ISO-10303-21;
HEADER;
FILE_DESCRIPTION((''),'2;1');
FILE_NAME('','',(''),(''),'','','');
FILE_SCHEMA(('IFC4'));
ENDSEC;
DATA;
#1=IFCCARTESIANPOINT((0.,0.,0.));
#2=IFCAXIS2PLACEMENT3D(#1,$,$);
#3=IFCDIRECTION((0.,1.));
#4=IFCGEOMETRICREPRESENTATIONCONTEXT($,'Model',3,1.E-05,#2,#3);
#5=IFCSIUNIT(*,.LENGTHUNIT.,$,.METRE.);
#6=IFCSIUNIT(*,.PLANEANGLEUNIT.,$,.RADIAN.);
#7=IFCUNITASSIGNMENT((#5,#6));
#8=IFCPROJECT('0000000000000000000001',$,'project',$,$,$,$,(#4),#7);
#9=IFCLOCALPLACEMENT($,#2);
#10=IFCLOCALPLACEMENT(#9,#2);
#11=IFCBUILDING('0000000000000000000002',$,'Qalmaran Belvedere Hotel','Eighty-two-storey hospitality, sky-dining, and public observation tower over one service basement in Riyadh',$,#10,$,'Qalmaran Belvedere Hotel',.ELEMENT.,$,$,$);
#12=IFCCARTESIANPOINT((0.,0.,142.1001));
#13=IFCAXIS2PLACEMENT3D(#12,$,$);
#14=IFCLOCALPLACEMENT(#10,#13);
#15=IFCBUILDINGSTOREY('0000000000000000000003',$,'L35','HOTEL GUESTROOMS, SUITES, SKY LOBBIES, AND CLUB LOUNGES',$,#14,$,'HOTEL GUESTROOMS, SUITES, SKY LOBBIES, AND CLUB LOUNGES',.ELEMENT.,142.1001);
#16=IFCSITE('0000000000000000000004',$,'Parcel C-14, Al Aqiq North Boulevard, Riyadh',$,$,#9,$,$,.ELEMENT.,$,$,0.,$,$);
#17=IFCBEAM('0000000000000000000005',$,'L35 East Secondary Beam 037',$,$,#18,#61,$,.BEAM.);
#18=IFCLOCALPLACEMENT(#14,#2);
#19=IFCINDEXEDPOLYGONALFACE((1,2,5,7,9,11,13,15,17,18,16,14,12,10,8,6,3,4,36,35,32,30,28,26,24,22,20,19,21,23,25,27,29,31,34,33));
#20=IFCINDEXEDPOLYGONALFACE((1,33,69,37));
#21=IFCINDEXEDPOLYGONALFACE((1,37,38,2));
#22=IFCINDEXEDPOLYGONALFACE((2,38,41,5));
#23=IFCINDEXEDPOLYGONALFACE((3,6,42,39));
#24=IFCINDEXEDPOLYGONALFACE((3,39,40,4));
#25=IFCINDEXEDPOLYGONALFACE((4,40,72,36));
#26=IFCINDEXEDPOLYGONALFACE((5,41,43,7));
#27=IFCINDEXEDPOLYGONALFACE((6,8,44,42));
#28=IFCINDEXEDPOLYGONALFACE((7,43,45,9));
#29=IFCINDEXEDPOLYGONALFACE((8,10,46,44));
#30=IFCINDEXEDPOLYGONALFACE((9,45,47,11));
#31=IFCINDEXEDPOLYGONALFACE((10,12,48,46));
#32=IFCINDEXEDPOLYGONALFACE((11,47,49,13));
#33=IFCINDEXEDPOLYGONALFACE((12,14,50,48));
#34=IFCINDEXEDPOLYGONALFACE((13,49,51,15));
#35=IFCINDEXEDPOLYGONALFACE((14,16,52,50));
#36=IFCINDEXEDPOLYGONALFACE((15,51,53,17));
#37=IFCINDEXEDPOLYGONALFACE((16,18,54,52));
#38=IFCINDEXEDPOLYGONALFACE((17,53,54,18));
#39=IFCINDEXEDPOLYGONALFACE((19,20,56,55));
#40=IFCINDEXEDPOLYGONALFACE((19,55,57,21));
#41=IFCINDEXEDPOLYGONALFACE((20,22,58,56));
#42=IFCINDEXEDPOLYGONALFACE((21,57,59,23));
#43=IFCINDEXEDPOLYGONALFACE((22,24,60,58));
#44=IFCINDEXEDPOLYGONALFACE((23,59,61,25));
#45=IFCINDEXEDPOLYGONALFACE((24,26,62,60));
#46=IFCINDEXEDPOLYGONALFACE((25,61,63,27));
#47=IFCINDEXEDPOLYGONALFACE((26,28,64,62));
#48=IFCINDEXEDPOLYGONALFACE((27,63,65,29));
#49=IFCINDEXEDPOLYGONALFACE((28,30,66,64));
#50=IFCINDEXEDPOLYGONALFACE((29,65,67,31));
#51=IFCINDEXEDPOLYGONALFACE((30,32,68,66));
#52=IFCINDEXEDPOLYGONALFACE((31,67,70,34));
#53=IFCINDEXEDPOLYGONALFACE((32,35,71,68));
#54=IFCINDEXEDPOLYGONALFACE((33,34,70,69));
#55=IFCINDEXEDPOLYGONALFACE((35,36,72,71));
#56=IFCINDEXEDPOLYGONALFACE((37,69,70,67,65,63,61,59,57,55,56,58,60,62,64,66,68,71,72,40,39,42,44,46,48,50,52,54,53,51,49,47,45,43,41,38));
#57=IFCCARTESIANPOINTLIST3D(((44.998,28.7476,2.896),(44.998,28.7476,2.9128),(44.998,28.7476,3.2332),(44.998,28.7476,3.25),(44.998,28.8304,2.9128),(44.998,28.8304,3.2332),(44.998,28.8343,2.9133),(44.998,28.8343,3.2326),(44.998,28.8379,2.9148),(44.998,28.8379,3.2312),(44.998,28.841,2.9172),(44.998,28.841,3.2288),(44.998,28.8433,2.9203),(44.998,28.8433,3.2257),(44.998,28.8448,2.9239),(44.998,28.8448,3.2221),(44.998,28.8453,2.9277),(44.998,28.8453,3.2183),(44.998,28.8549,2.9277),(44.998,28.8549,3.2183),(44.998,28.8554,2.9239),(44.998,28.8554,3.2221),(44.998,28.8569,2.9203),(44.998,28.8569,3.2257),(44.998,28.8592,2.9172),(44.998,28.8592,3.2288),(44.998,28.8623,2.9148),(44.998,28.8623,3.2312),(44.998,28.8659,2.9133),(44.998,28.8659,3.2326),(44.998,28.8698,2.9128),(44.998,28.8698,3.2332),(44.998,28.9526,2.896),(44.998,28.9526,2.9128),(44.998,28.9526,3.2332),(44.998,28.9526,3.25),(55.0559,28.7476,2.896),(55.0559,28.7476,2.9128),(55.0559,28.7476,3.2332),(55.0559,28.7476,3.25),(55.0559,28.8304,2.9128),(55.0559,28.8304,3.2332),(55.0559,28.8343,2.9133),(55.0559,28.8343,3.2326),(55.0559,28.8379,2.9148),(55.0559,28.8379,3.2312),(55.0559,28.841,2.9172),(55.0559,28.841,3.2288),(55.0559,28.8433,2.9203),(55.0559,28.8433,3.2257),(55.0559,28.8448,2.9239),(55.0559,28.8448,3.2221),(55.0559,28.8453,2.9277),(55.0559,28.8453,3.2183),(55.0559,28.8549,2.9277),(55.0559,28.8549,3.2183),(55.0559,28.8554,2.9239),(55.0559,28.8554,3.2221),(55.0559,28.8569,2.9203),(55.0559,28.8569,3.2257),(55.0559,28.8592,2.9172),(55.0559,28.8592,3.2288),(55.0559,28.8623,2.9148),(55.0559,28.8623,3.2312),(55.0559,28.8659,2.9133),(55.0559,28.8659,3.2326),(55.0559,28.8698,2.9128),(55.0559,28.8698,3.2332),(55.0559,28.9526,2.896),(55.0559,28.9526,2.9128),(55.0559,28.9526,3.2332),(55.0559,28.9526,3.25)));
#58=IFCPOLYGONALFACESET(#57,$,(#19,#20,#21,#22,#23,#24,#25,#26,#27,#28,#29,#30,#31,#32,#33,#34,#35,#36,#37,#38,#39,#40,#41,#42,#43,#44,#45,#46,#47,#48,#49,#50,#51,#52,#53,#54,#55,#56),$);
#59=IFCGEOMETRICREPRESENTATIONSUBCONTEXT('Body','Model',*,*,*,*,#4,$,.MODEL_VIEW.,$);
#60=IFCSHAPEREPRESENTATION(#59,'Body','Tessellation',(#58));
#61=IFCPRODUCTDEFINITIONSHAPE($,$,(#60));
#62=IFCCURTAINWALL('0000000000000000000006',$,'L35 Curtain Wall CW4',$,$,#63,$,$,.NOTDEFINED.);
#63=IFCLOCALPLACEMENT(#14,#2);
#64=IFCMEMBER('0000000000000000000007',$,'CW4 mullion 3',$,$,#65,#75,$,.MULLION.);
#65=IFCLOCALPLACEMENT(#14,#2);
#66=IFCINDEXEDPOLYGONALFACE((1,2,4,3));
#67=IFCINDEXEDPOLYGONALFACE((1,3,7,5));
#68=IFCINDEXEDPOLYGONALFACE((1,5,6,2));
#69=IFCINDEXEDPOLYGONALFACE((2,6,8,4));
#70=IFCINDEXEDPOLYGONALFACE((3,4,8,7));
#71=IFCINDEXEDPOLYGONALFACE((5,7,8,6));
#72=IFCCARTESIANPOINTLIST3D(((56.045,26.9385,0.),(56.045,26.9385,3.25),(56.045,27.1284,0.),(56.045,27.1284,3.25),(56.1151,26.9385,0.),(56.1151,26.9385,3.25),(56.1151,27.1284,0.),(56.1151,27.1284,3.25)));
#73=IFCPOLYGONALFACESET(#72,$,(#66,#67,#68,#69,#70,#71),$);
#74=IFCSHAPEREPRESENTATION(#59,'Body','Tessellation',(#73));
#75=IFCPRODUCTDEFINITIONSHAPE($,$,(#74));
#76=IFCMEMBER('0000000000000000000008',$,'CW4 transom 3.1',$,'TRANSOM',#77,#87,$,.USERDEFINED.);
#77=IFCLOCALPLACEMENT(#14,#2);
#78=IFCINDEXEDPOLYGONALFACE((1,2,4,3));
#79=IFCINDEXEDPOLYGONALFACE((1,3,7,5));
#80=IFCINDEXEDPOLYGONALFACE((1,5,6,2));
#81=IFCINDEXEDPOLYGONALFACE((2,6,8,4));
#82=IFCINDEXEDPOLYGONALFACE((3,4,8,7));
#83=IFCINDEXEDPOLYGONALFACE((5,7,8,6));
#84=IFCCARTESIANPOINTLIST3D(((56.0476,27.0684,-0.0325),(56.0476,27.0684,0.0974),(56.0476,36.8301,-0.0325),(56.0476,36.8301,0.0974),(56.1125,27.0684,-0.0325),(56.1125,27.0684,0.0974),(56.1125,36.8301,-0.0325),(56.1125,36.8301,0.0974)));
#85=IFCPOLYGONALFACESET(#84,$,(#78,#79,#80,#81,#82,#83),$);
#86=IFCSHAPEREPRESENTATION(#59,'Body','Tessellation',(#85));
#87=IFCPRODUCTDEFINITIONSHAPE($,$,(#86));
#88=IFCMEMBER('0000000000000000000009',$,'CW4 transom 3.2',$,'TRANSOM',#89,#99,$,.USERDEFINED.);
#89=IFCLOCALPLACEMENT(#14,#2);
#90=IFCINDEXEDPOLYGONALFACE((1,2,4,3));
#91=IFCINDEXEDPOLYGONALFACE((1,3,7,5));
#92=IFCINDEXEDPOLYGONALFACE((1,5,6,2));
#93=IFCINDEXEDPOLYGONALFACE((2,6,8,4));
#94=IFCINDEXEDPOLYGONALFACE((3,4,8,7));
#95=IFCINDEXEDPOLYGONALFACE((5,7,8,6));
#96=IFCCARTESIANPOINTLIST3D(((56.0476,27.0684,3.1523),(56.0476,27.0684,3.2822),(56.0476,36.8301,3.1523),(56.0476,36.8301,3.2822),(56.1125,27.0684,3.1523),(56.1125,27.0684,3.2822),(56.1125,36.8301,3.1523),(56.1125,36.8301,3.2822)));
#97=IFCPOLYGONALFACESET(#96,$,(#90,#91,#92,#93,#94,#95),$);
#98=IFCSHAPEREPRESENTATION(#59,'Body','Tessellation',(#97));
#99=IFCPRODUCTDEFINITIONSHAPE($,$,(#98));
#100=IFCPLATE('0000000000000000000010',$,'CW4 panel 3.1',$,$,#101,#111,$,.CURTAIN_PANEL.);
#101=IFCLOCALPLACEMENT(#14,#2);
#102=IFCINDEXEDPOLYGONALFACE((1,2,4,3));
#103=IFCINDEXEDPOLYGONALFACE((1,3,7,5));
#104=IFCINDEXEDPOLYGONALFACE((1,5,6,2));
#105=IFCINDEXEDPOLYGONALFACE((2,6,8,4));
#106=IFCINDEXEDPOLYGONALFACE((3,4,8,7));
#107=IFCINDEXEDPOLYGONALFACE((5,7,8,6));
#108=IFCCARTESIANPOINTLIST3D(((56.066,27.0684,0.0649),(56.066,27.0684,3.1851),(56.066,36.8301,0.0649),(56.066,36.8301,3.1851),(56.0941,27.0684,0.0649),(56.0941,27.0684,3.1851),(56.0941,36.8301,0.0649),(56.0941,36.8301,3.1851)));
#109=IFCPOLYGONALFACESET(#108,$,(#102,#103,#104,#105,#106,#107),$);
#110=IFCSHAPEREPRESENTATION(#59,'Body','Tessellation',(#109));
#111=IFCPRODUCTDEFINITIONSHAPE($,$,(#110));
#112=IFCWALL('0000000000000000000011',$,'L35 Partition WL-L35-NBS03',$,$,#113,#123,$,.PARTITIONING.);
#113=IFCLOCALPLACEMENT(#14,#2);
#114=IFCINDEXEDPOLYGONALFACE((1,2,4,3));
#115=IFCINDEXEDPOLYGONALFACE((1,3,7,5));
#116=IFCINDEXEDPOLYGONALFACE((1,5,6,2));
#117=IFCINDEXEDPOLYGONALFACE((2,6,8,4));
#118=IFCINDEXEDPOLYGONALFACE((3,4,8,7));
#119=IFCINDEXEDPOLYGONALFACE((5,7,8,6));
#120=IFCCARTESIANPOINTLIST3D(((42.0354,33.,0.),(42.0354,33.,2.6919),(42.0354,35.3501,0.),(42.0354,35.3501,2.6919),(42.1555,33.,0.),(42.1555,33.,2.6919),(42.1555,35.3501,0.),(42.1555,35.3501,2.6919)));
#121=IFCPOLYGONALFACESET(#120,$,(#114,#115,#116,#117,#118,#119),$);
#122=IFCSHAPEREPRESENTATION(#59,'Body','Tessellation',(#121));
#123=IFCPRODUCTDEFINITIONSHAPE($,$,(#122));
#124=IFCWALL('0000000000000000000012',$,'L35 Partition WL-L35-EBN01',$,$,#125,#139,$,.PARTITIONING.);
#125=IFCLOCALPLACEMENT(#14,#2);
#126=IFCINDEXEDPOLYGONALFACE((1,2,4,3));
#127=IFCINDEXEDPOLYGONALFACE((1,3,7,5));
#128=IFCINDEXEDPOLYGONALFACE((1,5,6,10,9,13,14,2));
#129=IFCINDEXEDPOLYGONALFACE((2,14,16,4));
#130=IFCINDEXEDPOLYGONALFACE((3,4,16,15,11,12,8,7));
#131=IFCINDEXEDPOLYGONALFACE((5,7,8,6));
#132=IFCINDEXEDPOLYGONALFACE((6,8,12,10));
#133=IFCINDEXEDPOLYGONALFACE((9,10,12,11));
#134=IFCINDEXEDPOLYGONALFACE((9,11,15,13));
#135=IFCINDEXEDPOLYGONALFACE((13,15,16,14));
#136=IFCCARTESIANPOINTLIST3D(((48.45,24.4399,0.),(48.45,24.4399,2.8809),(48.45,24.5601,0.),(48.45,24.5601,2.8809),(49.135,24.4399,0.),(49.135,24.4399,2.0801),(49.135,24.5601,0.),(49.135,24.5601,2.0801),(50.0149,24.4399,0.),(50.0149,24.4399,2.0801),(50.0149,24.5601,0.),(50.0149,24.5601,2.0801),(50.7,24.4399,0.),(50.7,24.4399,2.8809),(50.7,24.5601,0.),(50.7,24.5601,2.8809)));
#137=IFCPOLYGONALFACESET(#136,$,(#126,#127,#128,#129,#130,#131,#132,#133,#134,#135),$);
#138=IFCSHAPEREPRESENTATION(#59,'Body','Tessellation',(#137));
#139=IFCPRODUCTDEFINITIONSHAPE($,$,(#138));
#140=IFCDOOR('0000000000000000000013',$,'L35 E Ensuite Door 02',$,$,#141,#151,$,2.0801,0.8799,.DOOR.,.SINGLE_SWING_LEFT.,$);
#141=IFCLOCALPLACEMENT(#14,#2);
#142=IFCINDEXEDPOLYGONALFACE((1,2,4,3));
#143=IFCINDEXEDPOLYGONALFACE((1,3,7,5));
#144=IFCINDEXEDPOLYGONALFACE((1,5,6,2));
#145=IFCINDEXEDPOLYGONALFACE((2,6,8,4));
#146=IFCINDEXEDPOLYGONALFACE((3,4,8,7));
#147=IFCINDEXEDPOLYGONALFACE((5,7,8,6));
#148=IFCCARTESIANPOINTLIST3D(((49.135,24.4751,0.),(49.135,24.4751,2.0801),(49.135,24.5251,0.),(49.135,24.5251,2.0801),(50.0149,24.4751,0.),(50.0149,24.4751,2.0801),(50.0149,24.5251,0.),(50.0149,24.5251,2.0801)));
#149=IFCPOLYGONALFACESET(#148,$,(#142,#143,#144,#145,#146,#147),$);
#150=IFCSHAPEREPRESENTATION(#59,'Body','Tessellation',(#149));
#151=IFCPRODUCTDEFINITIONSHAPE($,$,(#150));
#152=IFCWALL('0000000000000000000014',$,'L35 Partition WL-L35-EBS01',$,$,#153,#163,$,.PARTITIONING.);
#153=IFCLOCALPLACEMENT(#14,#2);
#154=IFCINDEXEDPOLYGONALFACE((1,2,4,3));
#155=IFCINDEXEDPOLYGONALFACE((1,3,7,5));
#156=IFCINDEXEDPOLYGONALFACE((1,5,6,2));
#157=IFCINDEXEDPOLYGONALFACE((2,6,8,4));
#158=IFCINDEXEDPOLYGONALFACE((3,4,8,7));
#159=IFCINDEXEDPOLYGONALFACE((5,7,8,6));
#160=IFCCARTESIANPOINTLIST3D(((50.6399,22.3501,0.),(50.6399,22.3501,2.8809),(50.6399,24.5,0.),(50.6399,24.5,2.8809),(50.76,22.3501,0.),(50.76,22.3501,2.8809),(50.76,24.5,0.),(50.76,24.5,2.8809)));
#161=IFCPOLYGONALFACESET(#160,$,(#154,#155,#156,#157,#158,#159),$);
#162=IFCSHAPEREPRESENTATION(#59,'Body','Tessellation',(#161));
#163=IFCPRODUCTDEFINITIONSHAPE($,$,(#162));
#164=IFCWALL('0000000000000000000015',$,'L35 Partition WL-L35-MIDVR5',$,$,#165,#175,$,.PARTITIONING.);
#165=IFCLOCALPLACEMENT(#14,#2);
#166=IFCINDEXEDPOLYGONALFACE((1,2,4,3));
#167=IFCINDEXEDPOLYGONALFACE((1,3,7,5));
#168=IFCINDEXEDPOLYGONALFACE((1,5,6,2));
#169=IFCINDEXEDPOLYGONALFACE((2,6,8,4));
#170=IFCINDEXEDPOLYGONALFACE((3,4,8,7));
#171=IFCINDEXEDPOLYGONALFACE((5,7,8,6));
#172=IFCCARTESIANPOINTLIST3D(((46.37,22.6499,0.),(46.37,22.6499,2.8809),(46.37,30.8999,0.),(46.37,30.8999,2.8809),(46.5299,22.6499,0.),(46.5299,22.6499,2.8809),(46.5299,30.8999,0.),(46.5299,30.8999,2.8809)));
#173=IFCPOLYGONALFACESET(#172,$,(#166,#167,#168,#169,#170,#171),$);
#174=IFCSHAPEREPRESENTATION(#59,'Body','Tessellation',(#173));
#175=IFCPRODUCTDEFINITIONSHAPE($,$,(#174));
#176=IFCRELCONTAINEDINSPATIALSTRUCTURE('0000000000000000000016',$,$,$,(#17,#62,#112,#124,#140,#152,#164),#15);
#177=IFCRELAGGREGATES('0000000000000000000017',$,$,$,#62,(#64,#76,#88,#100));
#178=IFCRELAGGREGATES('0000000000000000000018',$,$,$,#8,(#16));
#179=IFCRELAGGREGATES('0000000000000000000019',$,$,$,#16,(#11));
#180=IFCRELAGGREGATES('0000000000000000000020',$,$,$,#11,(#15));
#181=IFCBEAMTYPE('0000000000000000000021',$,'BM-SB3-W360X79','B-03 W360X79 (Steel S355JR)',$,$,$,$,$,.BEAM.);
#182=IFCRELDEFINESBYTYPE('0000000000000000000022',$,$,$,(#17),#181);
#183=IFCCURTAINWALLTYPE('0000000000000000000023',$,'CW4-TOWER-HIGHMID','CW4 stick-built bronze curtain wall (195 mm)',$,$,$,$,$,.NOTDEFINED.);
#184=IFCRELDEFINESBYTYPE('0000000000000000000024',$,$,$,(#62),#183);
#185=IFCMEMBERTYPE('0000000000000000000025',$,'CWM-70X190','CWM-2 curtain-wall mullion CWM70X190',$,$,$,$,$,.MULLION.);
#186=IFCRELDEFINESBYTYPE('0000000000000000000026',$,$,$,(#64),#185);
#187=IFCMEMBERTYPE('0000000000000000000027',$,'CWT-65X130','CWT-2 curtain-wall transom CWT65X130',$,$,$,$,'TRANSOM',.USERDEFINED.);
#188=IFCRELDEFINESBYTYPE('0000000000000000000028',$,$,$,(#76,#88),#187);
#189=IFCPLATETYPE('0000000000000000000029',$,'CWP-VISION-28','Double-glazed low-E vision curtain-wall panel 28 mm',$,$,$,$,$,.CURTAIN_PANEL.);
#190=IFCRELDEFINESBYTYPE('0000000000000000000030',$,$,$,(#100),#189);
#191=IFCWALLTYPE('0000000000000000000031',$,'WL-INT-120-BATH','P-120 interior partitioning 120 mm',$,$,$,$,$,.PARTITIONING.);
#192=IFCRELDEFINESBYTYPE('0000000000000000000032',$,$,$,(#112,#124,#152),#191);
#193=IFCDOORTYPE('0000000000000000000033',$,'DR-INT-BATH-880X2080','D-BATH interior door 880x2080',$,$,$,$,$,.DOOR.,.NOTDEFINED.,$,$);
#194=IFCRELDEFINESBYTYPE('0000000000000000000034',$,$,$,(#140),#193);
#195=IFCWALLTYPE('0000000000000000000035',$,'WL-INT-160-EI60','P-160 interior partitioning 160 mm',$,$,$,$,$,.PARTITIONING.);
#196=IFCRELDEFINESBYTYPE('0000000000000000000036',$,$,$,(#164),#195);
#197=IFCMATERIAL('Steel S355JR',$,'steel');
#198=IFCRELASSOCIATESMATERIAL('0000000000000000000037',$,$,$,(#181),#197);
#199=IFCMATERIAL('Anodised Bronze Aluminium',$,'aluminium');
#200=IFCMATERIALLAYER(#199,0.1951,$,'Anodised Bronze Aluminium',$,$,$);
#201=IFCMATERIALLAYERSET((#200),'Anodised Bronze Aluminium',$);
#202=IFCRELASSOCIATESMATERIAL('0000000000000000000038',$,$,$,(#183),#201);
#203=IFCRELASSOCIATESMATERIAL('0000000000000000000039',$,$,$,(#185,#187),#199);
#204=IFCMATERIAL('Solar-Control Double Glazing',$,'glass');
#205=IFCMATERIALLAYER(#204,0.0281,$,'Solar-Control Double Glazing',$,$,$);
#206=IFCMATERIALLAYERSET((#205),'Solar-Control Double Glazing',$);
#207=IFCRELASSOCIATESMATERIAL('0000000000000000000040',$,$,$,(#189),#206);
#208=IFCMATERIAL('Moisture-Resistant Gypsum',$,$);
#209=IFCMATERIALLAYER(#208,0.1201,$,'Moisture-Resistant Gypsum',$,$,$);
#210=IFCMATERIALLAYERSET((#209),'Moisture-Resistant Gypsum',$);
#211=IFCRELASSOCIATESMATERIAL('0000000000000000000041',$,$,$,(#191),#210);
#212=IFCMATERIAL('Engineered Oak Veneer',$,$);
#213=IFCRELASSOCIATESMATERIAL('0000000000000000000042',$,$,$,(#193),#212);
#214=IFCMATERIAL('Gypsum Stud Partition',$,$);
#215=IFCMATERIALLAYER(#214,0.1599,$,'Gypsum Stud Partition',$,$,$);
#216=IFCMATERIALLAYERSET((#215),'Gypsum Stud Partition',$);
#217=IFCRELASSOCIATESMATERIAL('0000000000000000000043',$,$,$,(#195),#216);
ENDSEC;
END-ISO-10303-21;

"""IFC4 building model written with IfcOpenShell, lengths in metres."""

from ifc_helpers import new_model, si_unit, direction, frame, frame_2d, origin, origin_2d, place, context, subcontext, project, spatial, rectangle, i_section, extrude, material, layer, layer_set, material_profile, profile_set, type_object, element, fill, aggregate, save


model = new_model("IFC4")

# Units and contexts
model_context = context("Model", 3, precision=1e-05, world=origin(), true_north=direction((0.0, 1.0)))
body_context = subcontext(model_context, "Body", "Model", "MODEL_VIEW")
ifc_project = project(units=[si_unit("LENGTHUNIT", "METRE"), si_unit("PLANEANGLEUNIT", "RADIAN")], contexts=[model_context])

# Site, building, storey
site_placement = place(None, origin())
site = spatial("IfcSite", under=ifc_project, at=site_placement, Name="Parcel C-14, Al Aqiq North Boulevard, Riyadh", CompositionType="ELEMENT", RefElevation=0.0)
building_placement = place(site_placement, origin())
building = spatial("IfcBuilding", under=site, at=building_placement, Name="Qalmaran Belvedere Hotel", Description="Eighty-two-storey hospitality, sky-dining, and public observation tower over one service basement in Riyadh", LongName="Qalmaran Belvedere Hotel", CompositionType="ELEMENT")
storey_placement = place(building_placement, frame((0.0, 0.0, 142.1001)))
storey = spatial("IfcBuildingStorey", under=building, at=storey_placement, Name="L35", Description="HOTEL GUESTROOMS, SUITES, SKY LOBBIES, AND CLUB LOUNGES", LongName="HOTEL GUESTROOMS, SUITES, SKY LOBBIES, AND CLUB LOUNGES", CompositionType="ELEMENT", Elevation=142.1001)

# Beam
ifc_material_1 = material(Name="Steel S355JR", Category="steel")
ifc_material_profile_1 = material_profile(ifc_material_1, i_section(OverallWidth=0.2051, OverallDepth=0.354, WebThickness=0.0095, FlangeThickness=0.0168, FilletRadius=0.0149, at=origin_2d()), Name="W360X79")
ifc_profile_set_1 = profile_set([ifc_material_profile_1], Name="Steel S355JR")
beam_type_1 = type_object("IfcBeamType", Name="BM-SB3-W360X79", Description="B-03 W360X79 (Steel S355JR)", PredefinedType="BEAM", material=ifc_profile_set_1)
for number, where, z_axis, x_axis, name in (
    (1, (44.998, 28.8501, 3.073), (1.0, 0.0, 0.0), (0.0, 1.0, 0.0), "L35 East Secondary Beam 037"),
):
    element("IfcBeam", number, at=place(storey_placement, frame(where, z_axis=z_axis, x_axis=x_axis)), inside=storey, type_object=beam_type_1, Name=name, PredefinedType="BEAM", context=body_context, shape_type="SweptSolid", body=[
        extrude(i_section(OverallWidth=0.2051, OverallDepth=0.354, WebThickness=0.0095, FlangeThickness=0.0168, FilletRadius=0.0149, at=origin_2d()), origin(), (0.0, 0.0, 1.0), 10.0579),
    ])

# Curtain wall, members, plate
ifc_material_2 = material(Name="Anodised Bronze Aluminium", Category="aluminium")
ifc_layer_1 = layer(ifc_material_2, 0.1951, Name="Anodised Bronze Aluminium")
ifc_layer_set_1 = layer_set([ifc_layer_1], Name="Anodised Bronze Aluminium")
curtain_wall_type = type_object("IfcCurtainWallType", Name="CW4-TOWER-HIGHMID", Description="CW4 stick-built bronze curtain wall (195 mm)", PredefinedType="NOTDEFINED", material=ifc_layer_set_1)
curtain_wall_placement = place(storey_placement, origin())
curtain_wall = element("IfcCurtainWall", 2, at=curtain_wall_placement, inside=storey, type_object=curtain_wall_type, Name="L35 Curtain Wall CW4", PredefinedType="NOTDEFINED")
ifc_material_profile_2 = material_profile(ifc_material_2, rectangle(XDim=0.0701, YDim=0.1899, at=origin_2d()), Name="CWM70X190")
ifc_profile_set_2 = profile_set([ifc_material_profile_2], Name="Anodised Bronze Aluminium")
member_type_1 = type_object("IfcMemberType", Name="CWM-70X190", Description="CWM-2 curtain-wall mullion CWM70X190", PredefinedType="MULLION", material=ifc_profile_set_2)
member_1_placement = place(storey_placement, frame((56.0801, 27.0334, 0.0), z_axis=(0.0, 0.0, 1.0), x_axis=(-1.0, 0.0, 0.0)))
member_1 = element("IfcMember", 3, at=member_1_placement, type_object=member_type_1, Name="CW4 mullion 3", PredefinedType="MULLION", context=body_context, shape_type="SweptSolid", body=[
    extrude(rectangle(XDim=0.0701, YDim=0.1899, at=origin_2d()), origin(), (0.0, 0.0, 1.0), 3.25),
])
ifc_material_profile_3 = material_profile(ifc_material_2, rectangle(XDim=0.0649, YDim=0.1299, at=origin_2d()), Name="CWT65X130")
ifc_profile_set_3 = profile_set([ifc_material_profile_3], Name="Anodised Bronze Aluminium")
member_type_2 = type_object("IfcMemberType", Name="CWT-65X130", Description="CWT-2 curtain-wall transom CWT65X130", ElementType="TRANSOM", PredefinedType="USERDEFINED", material=ifc_profile_set_3)
member_2_placement = place(storey_placement, frame((56.0801, 27.0684, 0.0325), z_axis=(0.0, 1.0, 0.0), x_axis=(-1.0, 0.0, 0.0)))
member_2 = element("IfcMember", 4, at=member_2_placement, type_object=member_type_2, Name="CW4 transom 3.1", ObjectType="TRANSOM", PredefinedType="USERDEFINED", context=body_context, shape_type="SweptSolid", body=[
    extrude(rectangle(XDim=0.0649, YDim=0.1299, at=origin_2d()), origin(), (0.0, 0.0, 1.0), 9.7617),
])
member_3_placement = place(storey_placement, frame((56.0801, 27.0684, 3.2173), z_axis=(0.0, 1.0, 0.0), x_axis=(-1.0, 0.0, 0.0)))
member_3 = element("IfcMember", 5, at=member_3_placement, type_object=member_type_2, Name="CW4 transom 3.2", ObjectType="TRANSOM", PredefinedType="USERDEFINED", context=body_context, shape_type="SweptSolid", body=[
    extrude(rectangle(XDim=0.0649, YDim=0.1299, at=origin_2d()), origin(), (0.0, 0.0, 1.0), 9.7617),
])
ifc_material_3 = material(Name="Solar-Control Double Glazing", Category="glass")
ifc_layer_2 = layer(ifc_material_3, 0.0281, Name="Solar-Control Double Glazing")
ifc_layer_set_2 = layer_set([ifc_layer_2], Name="Solar-Control Double Glazing")
plate_type = type_object("IfcPlateType", Name="CWP-VISION-28", Description="Double-glazed low-E vision curtain-wall panel 28 mm", PredefinedType="CURTAIN_PANEL", material=ifc_layer_set_2)
plate_placement = place(storey_placement, frame((56.0801, 31.9492, 0.0649), z_axis=(0.0, 0.0, 1.0), x_axis=(0.0, 1.0, 0.0)))
plate = element("IfcPlate", 6, at=plate_placement, type_object=plate_type, Name="CW4 panel 3.1", PredefinedType="CURTAIN_PANEL", context=body_context, shape_type="SweptSolid", body=[
    extrude(rectangle(XDim=9.7617, YDim=0.0281, at=origin_2d()), origin(), (0.0, 0.0, 1.0), 3.1201),
])
aggregate(curtain_wall, [member_1, member_2, member_3, plate])

# Wall
ifc_material_4 = material(Name="Moisture-Resistant Gypsum")
ifc_layer_3 = layer(ifc_material_4, 0.1201, Name="Moisture-Resistant Gypsum")
ifc_layer_set_3 = layer_set([ifc_layer_3], Name="Moisture-Resistant Gypsum")
wall_type_1 = type_object("IfcWallType", Name="WL-INT-120-BATH", Description="P-120 interior partitioning 120 mm", PredefinedType="PARTITIONING", material=ifc_layer_set_3)
wall_1_placement = place(storey_placement, frame((42.0955, 33.0, 0.0), z_axis=(0.0, 0.0, 1.0), x_axis=(0.0, 1.0, 0.0)))
element("IfcWall", 7, at=wall_1_placement, inside=storey, type_object=wall_type_1, Name="L35 Partition WL-L35-NBS03", PredefinedType="PARTITIONING", context=body_context, shape_type="SweptSolid", body=[
    extrude(rectangle(XDim=2.3501, YDim=0.1201, at=frame_2d((1.175, 0.0))), origin(), (0.0, 0.0, 1.0), 2.6919),
])

# Wall, opening, door
wall_2_placement = place(storey_placement, frame((48.45, 24.5, 0.0), z_axis=(0.0, 0.0, 1.0), x_axis=(1.0, 0.0, 0.0)))
wall_2 = element("IfcWall", 8, at=wall_2_placement, inside=storey, type_object=wall_type_1, Name="L35 Partition WL-L35-EBN01", PredefinedType="PARTITIONING", context=body_context, shape_type="SweptSolid", body=[
    extrude(rectangle(XDim=2.25, YDim=0.1201, at=frame_2d((1.125, 0.0))), origin(), (0.0, 0.0, 1.0), 2.8809),
])
opening_1_placement = place(wall_2_placement, frame((1.5649, 0.0, 0.0), z_axis=(0.0, 0.0, 1.0), x_axis=(-1.0, 0.0, 0.0)))
opening_1 = element("IfcOpeningElement", 9, at=opening_1_placement, cuts=wall_2, PredefinedType="OPENING", context=body_context, shape_type="SweptSolid", body=[
    extrude(rectangle(XDim=0.8799, YDim=2.0801, at=frame_2d((0.4399, 1.04))), frame((0.0, 0.0701, 0.0), z_axis=(0.0, -1.0, 0.0), x_axis=(1.0, 0.0, 0.0)), (0.0, 0.0, 1.0), 0.1401),
])
ifc_material_5 = material(Name="Engineered Oak Veneer")
door_type_1 = type_object("IfcDoorType", Name="DR-INT-BATH-880X2080", Description="D-BATH interior door 880x2080", OperationType="NOTDEFINED", PredefinedType="DOOR", material=ifc_material_5)
door_1_placement = place(opening_1_placement, origin())
door_1 = element("IfcDoor", 10, at=door_1_placement, inside=storey, type_object=door_type_1, Name="L35 E Ensuite Door 02", OperationType="SINGLE_SWING_LEFT", OverallHeight=2.0801, OverallWidth=0.8799, PredefinedType="DOOR", context=body_context, shape_type="SweptSolid", body=[
    extrude(rectangle(XDim=0.8799, YDim=2.0801, at=frame_2d((0.4399, 1.04))), frame((0.0, 0.0249, 0.0), z_axis=(0.0, -1.0, 0.0), x_axis=(1.0, 0.0, 0.0)), (0.0, 0.0, 1.0), 0.05),
])
fill(opening_1, door_1)

# Wall
wall_3_placement = place(storey_placement, frame((50.7, 22.3501, 0.0), z_axis=(0.0, 0.0, 1.0), x_axis=(0.0, 1.0, 0.0)))
element("IfcWall", 11, at=wall_3_placement, inside=storey, type_object=wall_type_1, Name="L35 Partition WL-L35-EBS01", PredefinedType="PARTITIONING", context=body_context, shape_type="SweptSolid", body=[
    extrude(rectangle(XDim=2.1499, YDim=0.1201, at=frame_2d((1.075, 0.0))), origin(), (0.0, 0.0, 1.0), 2.8809),
])

# Shared definitions
ifc_material_6 = material(Name="Gypsum Stud Partition")

# Wall
ifc_layer_4 = layer(ifc_material_6, 0.1599, Name="Gypsum Stud Partition")
ifc_layer_set_4 = layer_set([ifc_layer_4], Name="Gypsum Stud Partition")
wall_type_2 = type_object("IfcWallType", Name="WL-INT-160-EI60", Description="P-160 interior partitioning 160 mm", PredefinedType="PARTITIONING", material=ifc_layer_set_4)
wall_4_placement = place(storey_placement, frame((46.45, 22.6499, 0.0), z_axis=(0.0, 0.0, 1.0), x_axis=(0.0, 1.0, 0.0)))
element("IfcWall", 12, at=wall_4_placement, inside=storey, type_object=wall_type_2, Name="L35 Partition WL-L35-MIDVR5", PredefinedType="PARTITIONING", context=body_context, shape_type="SweptSolid", body=[
    extrude(rectangle(XDim=8.25, YDim=0.1599, at=frame_2d((4.125, 0.0))), origin(), (0.0, 0.0, 1.0), 2.8809),
])

save(model, "model.ifc")
